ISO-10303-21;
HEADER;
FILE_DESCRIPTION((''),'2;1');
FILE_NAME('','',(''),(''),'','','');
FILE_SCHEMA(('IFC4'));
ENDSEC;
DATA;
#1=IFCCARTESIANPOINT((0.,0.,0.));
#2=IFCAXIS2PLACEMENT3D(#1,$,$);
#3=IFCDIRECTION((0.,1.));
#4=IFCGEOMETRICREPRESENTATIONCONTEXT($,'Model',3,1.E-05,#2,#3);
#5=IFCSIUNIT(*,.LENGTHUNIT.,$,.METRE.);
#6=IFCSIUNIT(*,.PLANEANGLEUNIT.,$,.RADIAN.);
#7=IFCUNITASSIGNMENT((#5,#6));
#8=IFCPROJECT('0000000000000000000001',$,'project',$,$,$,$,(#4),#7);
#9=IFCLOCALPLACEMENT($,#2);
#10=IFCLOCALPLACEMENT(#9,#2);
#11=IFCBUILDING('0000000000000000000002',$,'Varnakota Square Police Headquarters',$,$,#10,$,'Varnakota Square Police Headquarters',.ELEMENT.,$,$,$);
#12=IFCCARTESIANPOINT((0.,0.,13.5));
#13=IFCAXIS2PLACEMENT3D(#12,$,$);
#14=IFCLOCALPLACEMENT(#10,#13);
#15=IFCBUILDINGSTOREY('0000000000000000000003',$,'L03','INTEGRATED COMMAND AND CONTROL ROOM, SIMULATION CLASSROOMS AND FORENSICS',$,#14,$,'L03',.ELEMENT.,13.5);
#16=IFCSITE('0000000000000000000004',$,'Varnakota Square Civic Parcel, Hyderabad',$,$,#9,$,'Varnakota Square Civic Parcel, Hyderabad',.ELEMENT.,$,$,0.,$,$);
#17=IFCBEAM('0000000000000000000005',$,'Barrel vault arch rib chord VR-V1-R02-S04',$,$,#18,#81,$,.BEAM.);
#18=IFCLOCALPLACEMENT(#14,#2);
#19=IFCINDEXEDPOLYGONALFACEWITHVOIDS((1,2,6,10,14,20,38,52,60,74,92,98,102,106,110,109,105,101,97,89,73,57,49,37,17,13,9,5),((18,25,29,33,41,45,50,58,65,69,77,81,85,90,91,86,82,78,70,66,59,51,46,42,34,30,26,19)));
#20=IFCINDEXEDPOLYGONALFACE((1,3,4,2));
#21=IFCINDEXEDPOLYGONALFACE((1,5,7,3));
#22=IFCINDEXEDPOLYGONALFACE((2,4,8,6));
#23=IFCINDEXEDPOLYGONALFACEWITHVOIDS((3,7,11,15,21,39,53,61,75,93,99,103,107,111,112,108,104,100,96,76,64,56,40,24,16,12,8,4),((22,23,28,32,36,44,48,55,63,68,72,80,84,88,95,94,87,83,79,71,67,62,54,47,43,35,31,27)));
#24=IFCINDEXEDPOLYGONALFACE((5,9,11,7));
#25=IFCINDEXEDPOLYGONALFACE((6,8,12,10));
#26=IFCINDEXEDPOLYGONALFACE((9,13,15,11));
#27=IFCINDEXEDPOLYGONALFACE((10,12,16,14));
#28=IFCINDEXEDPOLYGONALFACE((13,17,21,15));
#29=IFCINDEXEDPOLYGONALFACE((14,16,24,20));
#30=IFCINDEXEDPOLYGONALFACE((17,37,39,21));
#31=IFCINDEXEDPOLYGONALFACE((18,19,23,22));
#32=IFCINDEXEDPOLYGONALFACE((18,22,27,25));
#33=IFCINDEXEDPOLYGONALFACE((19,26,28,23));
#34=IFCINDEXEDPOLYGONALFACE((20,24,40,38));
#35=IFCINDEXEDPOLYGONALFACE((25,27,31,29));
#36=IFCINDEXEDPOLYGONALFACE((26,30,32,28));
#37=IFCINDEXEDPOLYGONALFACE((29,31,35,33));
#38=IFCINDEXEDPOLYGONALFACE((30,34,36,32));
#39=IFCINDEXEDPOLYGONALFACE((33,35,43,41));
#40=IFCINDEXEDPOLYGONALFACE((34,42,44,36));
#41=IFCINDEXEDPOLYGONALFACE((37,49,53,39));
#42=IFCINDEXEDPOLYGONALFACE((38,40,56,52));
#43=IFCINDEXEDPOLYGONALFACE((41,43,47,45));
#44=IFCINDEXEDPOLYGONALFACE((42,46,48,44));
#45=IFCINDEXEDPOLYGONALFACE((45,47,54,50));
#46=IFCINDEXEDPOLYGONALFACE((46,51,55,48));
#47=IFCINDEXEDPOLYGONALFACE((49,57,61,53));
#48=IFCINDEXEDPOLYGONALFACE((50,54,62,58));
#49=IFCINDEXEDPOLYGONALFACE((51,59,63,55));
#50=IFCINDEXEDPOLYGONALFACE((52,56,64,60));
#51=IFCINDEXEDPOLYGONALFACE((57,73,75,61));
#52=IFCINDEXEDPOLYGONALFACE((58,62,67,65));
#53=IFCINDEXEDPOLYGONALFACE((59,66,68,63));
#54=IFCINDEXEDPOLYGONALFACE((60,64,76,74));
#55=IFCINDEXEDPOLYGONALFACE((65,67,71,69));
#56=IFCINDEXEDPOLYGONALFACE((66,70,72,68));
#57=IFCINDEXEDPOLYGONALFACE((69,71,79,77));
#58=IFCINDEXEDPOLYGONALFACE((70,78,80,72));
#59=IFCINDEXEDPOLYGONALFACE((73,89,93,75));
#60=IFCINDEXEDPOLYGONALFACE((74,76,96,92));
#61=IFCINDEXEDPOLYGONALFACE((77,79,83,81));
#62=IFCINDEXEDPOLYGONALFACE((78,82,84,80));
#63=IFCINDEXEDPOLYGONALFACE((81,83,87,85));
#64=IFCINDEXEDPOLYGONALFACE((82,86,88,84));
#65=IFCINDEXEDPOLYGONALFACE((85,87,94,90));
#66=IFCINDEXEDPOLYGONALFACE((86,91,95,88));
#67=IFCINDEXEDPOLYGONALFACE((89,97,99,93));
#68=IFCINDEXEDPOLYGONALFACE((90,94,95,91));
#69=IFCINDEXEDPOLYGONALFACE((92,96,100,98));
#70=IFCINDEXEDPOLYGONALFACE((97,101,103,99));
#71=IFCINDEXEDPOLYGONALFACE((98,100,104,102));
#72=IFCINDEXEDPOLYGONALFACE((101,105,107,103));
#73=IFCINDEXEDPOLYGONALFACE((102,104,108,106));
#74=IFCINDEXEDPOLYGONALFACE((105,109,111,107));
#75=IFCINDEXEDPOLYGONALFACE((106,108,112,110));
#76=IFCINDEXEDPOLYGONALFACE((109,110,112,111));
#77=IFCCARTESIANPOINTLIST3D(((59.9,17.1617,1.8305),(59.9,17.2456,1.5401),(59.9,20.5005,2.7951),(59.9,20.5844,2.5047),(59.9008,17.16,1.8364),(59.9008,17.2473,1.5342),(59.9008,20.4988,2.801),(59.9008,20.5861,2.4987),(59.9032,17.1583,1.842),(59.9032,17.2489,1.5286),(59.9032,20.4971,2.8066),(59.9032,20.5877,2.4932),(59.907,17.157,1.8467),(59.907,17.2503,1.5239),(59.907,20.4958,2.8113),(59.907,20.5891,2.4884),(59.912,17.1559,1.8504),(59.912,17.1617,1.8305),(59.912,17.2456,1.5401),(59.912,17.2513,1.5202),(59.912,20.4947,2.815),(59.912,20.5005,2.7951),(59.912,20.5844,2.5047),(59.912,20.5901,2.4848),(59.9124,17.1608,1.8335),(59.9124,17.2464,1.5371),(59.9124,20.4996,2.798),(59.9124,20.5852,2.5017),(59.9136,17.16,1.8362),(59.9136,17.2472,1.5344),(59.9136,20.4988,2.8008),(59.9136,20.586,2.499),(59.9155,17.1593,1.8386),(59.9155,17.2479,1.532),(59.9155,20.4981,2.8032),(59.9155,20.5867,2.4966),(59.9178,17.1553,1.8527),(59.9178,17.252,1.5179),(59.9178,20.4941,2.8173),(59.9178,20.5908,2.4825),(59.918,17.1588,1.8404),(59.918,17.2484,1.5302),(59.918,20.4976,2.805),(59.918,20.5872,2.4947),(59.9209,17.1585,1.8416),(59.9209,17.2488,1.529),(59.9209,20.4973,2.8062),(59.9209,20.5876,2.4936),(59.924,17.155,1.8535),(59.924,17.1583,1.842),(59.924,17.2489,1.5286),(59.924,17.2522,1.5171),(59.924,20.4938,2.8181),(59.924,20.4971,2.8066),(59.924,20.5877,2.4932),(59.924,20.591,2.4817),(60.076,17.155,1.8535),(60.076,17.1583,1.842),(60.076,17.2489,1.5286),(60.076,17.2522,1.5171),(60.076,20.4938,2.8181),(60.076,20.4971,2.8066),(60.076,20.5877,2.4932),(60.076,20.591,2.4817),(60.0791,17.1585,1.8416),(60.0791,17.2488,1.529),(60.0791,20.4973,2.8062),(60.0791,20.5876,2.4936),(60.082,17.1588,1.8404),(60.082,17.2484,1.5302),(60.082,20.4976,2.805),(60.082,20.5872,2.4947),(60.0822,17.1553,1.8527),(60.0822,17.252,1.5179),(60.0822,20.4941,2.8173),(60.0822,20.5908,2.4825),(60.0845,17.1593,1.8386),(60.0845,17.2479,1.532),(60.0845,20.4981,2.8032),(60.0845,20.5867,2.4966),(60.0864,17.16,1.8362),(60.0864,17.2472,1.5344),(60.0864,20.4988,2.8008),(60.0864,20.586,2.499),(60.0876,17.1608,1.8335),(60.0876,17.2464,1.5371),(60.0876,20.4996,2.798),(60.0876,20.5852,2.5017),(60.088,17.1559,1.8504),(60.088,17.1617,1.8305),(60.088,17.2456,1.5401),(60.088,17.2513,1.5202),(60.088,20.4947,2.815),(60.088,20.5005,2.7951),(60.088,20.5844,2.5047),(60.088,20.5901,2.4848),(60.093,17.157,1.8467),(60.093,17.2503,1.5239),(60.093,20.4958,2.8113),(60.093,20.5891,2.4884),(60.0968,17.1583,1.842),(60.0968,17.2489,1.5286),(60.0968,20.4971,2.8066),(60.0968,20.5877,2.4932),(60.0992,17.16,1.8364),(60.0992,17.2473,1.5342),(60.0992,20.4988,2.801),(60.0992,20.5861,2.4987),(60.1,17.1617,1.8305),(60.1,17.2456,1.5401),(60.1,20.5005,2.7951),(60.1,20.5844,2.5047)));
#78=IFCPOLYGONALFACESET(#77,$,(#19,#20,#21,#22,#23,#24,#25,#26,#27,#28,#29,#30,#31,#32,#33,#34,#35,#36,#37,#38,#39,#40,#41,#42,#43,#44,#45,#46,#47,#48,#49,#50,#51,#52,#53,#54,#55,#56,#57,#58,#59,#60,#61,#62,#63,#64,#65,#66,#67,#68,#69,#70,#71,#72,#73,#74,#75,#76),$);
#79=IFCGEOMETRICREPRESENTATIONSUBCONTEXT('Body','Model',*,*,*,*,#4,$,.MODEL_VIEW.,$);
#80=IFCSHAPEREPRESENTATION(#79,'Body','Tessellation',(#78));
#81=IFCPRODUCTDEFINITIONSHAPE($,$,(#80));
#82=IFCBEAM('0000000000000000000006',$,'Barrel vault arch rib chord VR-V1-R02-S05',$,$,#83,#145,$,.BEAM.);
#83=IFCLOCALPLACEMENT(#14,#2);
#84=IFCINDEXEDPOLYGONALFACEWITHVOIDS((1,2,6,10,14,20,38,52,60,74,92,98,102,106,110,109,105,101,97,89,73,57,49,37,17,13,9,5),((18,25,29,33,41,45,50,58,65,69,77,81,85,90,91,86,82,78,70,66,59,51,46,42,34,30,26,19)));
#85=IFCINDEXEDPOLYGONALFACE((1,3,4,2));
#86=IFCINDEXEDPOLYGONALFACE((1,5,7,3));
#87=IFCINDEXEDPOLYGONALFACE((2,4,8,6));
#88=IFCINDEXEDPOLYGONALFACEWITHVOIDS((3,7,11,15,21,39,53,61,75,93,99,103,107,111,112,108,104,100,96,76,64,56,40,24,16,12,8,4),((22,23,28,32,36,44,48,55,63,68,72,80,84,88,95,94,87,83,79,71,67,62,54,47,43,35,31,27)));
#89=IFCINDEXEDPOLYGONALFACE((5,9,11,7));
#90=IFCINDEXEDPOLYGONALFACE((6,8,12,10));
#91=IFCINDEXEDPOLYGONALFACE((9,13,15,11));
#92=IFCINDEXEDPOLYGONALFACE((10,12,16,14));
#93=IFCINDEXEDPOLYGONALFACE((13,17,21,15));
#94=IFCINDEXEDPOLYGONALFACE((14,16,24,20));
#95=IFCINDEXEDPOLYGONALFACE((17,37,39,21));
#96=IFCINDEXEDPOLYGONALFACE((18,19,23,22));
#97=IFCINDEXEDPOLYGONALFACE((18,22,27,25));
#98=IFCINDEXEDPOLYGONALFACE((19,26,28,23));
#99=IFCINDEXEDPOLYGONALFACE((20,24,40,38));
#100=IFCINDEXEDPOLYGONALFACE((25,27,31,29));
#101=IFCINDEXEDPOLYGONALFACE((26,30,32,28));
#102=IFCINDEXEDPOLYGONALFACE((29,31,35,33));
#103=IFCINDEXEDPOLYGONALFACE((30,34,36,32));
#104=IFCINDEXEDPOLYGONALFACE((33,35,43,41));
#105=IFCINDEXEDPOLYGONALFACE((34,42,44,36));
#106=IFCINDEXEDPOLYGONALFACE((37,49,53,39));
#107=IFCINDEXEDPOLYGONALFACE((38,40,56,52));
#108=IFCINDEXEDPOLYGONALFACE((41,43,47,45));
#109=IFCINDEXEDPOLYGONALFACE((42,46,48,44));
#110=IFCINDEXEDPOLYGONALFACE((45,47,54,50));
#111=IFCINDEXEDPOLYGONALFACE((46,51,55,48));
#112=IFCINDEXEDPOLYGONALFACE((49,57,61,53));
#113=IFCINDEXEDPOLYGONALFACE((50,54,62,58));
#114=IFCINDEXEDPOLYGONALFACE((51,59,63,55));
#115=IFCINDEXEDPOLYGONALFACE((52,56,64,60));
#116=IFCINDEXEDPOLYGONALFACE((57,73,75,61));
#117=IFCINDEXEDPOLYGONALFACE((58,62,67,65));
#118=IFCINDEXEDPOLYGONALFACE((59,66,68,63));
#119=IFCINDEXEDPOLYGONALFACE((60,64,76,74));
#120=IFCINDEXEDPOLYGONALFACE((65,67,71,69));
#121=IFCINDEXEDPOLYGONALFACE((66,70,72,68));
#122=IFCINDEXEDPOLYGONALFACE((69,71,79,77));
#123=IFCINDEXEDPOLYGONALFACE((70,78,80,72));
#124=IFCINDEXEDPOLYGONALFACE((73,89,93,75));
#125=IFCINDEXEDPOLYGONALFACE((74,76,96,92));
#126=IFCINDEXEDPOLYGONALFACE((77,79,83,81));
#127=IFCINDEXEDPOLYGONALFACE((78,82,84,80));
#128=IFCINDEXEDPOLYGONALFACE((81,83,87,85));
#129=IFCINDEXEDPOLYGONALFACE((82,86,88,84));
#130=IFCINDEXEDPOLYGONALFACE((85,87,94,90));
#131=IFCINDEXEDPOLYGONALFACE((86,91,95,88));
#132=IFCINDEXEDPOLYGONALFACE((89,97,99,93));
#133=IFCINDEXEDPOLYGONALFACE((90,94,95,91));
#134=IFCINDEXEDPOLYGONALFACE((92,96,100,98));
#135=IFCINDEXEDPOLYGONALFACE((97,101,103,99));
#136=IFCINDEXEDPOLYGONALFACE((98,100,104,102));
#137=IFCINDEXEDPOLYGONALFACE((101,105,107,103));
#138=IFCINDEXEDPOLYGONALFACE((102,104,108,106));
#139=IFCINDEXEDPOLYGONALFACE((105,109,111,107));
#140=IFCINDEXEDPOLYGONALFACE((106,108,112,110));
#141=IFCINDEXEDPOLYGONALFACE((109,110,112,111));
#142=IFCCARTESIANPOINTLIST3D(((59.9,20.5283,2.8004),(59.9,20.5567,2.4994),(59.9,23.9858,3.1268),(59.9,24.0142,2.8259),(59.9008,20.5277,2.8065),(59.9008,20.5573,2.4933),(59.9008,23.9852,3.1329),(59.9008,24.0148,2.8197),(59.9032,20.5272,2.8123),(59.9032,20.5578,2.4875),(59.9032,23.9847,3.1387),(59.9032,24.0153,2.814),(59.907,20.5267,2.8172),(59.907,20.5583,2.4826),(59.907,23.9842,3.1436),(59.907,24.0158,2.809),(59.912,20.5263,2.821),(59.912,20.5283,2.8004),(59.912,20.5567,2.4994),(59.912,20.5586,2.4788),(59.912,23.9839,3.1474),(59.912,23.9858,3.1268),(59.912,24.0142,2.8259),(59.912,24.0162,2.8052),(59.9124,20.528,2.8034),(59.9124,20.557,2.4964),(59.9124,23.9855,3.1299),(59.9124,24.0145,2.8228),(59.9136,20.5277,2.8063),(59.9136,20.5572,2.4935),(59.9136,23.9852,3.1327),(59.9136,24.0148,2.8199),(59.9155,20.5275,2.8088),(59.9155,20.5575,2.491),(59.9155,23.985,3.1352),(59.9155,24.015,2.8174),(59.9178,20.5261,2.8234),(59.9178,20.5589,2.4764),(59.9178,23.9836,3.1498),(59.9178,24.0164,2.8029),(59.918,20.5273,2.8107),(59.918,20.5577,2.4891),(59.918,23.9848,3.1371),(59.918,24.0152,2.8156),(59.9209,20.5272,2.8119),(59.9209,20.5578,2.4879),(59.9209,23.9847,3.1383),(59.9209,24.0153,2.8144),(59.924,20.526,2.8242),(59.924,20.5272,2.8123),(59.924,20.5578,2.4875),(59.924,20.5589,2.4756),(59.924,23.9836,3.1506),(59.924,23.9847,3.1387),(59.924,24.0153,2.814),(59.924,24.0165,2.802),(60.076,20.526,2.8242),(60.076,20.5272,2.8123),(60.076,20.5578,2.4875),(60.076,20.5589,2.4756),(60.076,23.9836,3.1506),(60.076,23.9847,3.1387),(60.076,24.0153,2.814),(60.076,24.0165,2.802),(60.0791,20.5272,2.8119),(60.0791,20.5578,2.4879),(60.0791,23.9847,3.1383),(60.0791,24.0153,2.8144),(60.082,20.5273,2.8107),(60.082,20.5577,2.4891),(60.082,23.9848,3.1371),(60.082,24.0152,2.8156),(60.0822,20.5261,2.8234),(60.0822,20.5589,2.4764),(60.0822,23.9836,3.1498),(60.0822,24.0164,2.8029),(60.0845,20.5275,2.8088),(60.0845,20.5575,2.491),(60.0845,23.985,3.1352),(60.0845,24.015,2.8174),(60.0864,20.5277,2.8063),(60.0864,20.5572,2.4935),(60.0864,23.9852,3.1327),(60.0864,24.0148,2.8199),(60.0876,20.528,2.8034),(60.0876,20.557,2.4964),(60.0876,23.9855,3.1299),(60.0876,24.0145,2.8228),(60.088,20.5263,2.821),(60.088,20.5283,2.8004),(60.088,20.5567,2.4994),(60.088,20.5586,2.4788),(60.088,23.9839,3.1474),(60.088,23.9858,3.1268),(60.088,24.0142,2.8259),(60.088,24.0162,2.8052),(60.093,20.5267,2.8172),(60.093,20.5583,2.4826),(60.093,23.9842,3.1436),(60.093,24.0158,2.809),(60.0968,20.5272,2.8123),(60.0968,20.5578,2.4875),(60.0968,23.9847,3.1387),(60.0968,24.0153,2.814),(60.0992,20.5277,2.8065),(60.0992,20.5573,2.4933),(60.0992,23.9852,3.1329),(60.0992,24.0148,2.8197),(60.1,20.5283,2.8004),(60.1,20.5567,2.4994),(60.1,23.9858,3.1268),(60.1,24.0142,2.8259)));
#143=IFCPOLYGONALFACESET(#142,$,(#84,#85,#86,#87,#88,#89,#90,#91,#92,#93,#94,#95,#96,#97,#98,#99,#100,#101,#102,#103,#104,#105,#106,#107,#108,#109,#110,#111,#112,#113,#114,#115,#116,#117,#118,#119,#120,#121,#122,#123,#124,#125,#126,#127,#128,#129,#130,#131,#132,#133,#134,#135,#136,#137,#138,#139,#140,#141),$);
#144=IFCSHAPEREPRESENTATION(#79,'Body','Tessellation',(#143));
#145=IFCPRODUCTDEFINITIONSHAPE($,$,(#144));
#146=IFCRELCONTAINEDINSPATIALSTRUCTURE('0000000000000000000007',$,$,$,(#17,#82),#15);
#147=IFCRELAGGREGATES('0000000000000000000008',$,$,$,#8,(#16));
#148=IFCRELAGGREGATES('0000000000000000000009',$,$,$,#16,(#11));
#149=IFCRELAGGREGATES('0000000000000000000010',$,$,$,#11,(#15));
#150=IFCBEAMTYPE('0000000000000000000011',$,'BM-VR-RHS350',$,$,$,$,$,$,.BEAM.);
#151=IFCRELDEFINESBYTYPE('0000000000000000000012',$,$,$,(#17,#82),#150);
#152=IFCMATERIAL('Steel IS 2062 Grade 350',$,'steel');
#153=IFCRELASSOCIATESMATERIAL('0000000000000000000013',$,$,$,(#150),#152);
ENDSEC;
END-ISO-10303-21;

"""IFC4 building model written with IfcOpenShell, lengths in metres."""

from ifc_helpers import new_model, si_unit, direction, frame, origin, origin_2d, place, context, subcontext, project, spatial, hollow_rectangle, extrude, material, material_profile, profile_set, type_object, element, save


model = new_model("IFC4")

# Units and contexts
model_context = context("Model", 3, precision=1e-05, world=origin(), true_north=direction((0.0, 1.0)))
body_context = subcontext(model_context, "Body", "Model", "MODEL_VIEW")
ifc_project = project(units=[si_unit("LENGTHUNIT", "METRE"), si_unit("PLANEANGLEUNIT", "RADIAN")], contexts=[model_context])

# Site, building, storey
site_placement = place(None, origin())
site = spatial("IfcSite", under=ifc_project, at=site_placement, Name="Varnakota Square Civic Parcel, Hyderabad", LongName="Varnakota Square Civic Parcel, Hyderabad", CompositionType="ELEMENT", RefElevation=0.0)
building_placement = place(site_placement, origin())
building = spatial("IfcBuilding", under=site, at=building_placement, Name="Varnakota Square Police Headquarters", LongName="Varnakota Square Police Headquarters", CompositionType="ELEMENT")
storey_placement = place(building_placement, frame((0.0, 0.0, 13.5)))
storey = spatial("IfcBuildingStorey", under=building, at=storey_placement, Name="L03", Description="INTEGRATED COMMAND AND CONTROL ROOM, SIMULATION CLASSROOMS AND FORENSICS", LongName="L03", CompositionType="ELEMENT", Elevation=13.5)

# Beams
ifc_material_1 = material(Name="Steel IS 2062 Grade 350", Category="steel")
ifc_material_profile_1 = material_profile(ifc_material_1, hollow_rectangle(XDim=0.2, YDim=0.3501, WallThickness=0.012, InnerFilletRadius=0.012, OuterFilletRadius=0.0239, at=origin_2d()), Name="RHS 350x200x12")
ifc_profile_set_1 = profile_set([ifc_material_profile_1], Name="Steel IS 2062 Grade 350")
beam_type = type_object("IfcBeamType", Name="BM-VR-RHS350", PredefinedType="BEAM", material=ifc_profile_set_1)
beam_1_placement = place(storey_placement, frame((60.0, 17.2036, 1.6853), z_axis=(0.0, 0.960711, 0.27755), x_axis=(-1.0, 0.0, 0.0)))
element("IfcBeam", 1, at=beam_1_placement, inside=storey, type_object=beam_type, Name="Barrel vault arch rib chord VR-V1-R02-S04", PredefinedType="BEAM", context=body_context, shape_type="SweptSolid", body=[
    extrude(hollow_rectangle(XDim=0.2, YDim=0.3501, WallThickness=0.012, InnerFilletRadius=0.012, OuterFilletRadius=0.0239, at=origin_2d()), origin(), (0.0, 0.0, 1.0), 3.4753),
])
for number, where, z_axis, x_axis, name in (
    (2, (60.0, 20.5425, 2.6499), (0.0, 0.995573, 0.09399), (-1.0, 0.0, 0.0), "Barrel vault arch rib chord VR-V1-R02-S05"),
):
    element("IfcBeam", number, at=place(storey_placement, frame(where, z_axis=z_axis, x_axis=x_axis)), inside=storey, type_object=beam_type, Name=name, PredefinedType="BEAM", context=body_context, shape_type="SweptSolid", body=[
        extrude(hollow_rectangle(XDim=0.2, YDim=0.3501, WallThickness=0.012, InnerFilletRadius=0.012, OuterFilletRadius=0.0239, at=origin_2d()), origin(), (0.0, 0.0, 1.0), 3.4729),
    ])

save(model, "model.ifc")
